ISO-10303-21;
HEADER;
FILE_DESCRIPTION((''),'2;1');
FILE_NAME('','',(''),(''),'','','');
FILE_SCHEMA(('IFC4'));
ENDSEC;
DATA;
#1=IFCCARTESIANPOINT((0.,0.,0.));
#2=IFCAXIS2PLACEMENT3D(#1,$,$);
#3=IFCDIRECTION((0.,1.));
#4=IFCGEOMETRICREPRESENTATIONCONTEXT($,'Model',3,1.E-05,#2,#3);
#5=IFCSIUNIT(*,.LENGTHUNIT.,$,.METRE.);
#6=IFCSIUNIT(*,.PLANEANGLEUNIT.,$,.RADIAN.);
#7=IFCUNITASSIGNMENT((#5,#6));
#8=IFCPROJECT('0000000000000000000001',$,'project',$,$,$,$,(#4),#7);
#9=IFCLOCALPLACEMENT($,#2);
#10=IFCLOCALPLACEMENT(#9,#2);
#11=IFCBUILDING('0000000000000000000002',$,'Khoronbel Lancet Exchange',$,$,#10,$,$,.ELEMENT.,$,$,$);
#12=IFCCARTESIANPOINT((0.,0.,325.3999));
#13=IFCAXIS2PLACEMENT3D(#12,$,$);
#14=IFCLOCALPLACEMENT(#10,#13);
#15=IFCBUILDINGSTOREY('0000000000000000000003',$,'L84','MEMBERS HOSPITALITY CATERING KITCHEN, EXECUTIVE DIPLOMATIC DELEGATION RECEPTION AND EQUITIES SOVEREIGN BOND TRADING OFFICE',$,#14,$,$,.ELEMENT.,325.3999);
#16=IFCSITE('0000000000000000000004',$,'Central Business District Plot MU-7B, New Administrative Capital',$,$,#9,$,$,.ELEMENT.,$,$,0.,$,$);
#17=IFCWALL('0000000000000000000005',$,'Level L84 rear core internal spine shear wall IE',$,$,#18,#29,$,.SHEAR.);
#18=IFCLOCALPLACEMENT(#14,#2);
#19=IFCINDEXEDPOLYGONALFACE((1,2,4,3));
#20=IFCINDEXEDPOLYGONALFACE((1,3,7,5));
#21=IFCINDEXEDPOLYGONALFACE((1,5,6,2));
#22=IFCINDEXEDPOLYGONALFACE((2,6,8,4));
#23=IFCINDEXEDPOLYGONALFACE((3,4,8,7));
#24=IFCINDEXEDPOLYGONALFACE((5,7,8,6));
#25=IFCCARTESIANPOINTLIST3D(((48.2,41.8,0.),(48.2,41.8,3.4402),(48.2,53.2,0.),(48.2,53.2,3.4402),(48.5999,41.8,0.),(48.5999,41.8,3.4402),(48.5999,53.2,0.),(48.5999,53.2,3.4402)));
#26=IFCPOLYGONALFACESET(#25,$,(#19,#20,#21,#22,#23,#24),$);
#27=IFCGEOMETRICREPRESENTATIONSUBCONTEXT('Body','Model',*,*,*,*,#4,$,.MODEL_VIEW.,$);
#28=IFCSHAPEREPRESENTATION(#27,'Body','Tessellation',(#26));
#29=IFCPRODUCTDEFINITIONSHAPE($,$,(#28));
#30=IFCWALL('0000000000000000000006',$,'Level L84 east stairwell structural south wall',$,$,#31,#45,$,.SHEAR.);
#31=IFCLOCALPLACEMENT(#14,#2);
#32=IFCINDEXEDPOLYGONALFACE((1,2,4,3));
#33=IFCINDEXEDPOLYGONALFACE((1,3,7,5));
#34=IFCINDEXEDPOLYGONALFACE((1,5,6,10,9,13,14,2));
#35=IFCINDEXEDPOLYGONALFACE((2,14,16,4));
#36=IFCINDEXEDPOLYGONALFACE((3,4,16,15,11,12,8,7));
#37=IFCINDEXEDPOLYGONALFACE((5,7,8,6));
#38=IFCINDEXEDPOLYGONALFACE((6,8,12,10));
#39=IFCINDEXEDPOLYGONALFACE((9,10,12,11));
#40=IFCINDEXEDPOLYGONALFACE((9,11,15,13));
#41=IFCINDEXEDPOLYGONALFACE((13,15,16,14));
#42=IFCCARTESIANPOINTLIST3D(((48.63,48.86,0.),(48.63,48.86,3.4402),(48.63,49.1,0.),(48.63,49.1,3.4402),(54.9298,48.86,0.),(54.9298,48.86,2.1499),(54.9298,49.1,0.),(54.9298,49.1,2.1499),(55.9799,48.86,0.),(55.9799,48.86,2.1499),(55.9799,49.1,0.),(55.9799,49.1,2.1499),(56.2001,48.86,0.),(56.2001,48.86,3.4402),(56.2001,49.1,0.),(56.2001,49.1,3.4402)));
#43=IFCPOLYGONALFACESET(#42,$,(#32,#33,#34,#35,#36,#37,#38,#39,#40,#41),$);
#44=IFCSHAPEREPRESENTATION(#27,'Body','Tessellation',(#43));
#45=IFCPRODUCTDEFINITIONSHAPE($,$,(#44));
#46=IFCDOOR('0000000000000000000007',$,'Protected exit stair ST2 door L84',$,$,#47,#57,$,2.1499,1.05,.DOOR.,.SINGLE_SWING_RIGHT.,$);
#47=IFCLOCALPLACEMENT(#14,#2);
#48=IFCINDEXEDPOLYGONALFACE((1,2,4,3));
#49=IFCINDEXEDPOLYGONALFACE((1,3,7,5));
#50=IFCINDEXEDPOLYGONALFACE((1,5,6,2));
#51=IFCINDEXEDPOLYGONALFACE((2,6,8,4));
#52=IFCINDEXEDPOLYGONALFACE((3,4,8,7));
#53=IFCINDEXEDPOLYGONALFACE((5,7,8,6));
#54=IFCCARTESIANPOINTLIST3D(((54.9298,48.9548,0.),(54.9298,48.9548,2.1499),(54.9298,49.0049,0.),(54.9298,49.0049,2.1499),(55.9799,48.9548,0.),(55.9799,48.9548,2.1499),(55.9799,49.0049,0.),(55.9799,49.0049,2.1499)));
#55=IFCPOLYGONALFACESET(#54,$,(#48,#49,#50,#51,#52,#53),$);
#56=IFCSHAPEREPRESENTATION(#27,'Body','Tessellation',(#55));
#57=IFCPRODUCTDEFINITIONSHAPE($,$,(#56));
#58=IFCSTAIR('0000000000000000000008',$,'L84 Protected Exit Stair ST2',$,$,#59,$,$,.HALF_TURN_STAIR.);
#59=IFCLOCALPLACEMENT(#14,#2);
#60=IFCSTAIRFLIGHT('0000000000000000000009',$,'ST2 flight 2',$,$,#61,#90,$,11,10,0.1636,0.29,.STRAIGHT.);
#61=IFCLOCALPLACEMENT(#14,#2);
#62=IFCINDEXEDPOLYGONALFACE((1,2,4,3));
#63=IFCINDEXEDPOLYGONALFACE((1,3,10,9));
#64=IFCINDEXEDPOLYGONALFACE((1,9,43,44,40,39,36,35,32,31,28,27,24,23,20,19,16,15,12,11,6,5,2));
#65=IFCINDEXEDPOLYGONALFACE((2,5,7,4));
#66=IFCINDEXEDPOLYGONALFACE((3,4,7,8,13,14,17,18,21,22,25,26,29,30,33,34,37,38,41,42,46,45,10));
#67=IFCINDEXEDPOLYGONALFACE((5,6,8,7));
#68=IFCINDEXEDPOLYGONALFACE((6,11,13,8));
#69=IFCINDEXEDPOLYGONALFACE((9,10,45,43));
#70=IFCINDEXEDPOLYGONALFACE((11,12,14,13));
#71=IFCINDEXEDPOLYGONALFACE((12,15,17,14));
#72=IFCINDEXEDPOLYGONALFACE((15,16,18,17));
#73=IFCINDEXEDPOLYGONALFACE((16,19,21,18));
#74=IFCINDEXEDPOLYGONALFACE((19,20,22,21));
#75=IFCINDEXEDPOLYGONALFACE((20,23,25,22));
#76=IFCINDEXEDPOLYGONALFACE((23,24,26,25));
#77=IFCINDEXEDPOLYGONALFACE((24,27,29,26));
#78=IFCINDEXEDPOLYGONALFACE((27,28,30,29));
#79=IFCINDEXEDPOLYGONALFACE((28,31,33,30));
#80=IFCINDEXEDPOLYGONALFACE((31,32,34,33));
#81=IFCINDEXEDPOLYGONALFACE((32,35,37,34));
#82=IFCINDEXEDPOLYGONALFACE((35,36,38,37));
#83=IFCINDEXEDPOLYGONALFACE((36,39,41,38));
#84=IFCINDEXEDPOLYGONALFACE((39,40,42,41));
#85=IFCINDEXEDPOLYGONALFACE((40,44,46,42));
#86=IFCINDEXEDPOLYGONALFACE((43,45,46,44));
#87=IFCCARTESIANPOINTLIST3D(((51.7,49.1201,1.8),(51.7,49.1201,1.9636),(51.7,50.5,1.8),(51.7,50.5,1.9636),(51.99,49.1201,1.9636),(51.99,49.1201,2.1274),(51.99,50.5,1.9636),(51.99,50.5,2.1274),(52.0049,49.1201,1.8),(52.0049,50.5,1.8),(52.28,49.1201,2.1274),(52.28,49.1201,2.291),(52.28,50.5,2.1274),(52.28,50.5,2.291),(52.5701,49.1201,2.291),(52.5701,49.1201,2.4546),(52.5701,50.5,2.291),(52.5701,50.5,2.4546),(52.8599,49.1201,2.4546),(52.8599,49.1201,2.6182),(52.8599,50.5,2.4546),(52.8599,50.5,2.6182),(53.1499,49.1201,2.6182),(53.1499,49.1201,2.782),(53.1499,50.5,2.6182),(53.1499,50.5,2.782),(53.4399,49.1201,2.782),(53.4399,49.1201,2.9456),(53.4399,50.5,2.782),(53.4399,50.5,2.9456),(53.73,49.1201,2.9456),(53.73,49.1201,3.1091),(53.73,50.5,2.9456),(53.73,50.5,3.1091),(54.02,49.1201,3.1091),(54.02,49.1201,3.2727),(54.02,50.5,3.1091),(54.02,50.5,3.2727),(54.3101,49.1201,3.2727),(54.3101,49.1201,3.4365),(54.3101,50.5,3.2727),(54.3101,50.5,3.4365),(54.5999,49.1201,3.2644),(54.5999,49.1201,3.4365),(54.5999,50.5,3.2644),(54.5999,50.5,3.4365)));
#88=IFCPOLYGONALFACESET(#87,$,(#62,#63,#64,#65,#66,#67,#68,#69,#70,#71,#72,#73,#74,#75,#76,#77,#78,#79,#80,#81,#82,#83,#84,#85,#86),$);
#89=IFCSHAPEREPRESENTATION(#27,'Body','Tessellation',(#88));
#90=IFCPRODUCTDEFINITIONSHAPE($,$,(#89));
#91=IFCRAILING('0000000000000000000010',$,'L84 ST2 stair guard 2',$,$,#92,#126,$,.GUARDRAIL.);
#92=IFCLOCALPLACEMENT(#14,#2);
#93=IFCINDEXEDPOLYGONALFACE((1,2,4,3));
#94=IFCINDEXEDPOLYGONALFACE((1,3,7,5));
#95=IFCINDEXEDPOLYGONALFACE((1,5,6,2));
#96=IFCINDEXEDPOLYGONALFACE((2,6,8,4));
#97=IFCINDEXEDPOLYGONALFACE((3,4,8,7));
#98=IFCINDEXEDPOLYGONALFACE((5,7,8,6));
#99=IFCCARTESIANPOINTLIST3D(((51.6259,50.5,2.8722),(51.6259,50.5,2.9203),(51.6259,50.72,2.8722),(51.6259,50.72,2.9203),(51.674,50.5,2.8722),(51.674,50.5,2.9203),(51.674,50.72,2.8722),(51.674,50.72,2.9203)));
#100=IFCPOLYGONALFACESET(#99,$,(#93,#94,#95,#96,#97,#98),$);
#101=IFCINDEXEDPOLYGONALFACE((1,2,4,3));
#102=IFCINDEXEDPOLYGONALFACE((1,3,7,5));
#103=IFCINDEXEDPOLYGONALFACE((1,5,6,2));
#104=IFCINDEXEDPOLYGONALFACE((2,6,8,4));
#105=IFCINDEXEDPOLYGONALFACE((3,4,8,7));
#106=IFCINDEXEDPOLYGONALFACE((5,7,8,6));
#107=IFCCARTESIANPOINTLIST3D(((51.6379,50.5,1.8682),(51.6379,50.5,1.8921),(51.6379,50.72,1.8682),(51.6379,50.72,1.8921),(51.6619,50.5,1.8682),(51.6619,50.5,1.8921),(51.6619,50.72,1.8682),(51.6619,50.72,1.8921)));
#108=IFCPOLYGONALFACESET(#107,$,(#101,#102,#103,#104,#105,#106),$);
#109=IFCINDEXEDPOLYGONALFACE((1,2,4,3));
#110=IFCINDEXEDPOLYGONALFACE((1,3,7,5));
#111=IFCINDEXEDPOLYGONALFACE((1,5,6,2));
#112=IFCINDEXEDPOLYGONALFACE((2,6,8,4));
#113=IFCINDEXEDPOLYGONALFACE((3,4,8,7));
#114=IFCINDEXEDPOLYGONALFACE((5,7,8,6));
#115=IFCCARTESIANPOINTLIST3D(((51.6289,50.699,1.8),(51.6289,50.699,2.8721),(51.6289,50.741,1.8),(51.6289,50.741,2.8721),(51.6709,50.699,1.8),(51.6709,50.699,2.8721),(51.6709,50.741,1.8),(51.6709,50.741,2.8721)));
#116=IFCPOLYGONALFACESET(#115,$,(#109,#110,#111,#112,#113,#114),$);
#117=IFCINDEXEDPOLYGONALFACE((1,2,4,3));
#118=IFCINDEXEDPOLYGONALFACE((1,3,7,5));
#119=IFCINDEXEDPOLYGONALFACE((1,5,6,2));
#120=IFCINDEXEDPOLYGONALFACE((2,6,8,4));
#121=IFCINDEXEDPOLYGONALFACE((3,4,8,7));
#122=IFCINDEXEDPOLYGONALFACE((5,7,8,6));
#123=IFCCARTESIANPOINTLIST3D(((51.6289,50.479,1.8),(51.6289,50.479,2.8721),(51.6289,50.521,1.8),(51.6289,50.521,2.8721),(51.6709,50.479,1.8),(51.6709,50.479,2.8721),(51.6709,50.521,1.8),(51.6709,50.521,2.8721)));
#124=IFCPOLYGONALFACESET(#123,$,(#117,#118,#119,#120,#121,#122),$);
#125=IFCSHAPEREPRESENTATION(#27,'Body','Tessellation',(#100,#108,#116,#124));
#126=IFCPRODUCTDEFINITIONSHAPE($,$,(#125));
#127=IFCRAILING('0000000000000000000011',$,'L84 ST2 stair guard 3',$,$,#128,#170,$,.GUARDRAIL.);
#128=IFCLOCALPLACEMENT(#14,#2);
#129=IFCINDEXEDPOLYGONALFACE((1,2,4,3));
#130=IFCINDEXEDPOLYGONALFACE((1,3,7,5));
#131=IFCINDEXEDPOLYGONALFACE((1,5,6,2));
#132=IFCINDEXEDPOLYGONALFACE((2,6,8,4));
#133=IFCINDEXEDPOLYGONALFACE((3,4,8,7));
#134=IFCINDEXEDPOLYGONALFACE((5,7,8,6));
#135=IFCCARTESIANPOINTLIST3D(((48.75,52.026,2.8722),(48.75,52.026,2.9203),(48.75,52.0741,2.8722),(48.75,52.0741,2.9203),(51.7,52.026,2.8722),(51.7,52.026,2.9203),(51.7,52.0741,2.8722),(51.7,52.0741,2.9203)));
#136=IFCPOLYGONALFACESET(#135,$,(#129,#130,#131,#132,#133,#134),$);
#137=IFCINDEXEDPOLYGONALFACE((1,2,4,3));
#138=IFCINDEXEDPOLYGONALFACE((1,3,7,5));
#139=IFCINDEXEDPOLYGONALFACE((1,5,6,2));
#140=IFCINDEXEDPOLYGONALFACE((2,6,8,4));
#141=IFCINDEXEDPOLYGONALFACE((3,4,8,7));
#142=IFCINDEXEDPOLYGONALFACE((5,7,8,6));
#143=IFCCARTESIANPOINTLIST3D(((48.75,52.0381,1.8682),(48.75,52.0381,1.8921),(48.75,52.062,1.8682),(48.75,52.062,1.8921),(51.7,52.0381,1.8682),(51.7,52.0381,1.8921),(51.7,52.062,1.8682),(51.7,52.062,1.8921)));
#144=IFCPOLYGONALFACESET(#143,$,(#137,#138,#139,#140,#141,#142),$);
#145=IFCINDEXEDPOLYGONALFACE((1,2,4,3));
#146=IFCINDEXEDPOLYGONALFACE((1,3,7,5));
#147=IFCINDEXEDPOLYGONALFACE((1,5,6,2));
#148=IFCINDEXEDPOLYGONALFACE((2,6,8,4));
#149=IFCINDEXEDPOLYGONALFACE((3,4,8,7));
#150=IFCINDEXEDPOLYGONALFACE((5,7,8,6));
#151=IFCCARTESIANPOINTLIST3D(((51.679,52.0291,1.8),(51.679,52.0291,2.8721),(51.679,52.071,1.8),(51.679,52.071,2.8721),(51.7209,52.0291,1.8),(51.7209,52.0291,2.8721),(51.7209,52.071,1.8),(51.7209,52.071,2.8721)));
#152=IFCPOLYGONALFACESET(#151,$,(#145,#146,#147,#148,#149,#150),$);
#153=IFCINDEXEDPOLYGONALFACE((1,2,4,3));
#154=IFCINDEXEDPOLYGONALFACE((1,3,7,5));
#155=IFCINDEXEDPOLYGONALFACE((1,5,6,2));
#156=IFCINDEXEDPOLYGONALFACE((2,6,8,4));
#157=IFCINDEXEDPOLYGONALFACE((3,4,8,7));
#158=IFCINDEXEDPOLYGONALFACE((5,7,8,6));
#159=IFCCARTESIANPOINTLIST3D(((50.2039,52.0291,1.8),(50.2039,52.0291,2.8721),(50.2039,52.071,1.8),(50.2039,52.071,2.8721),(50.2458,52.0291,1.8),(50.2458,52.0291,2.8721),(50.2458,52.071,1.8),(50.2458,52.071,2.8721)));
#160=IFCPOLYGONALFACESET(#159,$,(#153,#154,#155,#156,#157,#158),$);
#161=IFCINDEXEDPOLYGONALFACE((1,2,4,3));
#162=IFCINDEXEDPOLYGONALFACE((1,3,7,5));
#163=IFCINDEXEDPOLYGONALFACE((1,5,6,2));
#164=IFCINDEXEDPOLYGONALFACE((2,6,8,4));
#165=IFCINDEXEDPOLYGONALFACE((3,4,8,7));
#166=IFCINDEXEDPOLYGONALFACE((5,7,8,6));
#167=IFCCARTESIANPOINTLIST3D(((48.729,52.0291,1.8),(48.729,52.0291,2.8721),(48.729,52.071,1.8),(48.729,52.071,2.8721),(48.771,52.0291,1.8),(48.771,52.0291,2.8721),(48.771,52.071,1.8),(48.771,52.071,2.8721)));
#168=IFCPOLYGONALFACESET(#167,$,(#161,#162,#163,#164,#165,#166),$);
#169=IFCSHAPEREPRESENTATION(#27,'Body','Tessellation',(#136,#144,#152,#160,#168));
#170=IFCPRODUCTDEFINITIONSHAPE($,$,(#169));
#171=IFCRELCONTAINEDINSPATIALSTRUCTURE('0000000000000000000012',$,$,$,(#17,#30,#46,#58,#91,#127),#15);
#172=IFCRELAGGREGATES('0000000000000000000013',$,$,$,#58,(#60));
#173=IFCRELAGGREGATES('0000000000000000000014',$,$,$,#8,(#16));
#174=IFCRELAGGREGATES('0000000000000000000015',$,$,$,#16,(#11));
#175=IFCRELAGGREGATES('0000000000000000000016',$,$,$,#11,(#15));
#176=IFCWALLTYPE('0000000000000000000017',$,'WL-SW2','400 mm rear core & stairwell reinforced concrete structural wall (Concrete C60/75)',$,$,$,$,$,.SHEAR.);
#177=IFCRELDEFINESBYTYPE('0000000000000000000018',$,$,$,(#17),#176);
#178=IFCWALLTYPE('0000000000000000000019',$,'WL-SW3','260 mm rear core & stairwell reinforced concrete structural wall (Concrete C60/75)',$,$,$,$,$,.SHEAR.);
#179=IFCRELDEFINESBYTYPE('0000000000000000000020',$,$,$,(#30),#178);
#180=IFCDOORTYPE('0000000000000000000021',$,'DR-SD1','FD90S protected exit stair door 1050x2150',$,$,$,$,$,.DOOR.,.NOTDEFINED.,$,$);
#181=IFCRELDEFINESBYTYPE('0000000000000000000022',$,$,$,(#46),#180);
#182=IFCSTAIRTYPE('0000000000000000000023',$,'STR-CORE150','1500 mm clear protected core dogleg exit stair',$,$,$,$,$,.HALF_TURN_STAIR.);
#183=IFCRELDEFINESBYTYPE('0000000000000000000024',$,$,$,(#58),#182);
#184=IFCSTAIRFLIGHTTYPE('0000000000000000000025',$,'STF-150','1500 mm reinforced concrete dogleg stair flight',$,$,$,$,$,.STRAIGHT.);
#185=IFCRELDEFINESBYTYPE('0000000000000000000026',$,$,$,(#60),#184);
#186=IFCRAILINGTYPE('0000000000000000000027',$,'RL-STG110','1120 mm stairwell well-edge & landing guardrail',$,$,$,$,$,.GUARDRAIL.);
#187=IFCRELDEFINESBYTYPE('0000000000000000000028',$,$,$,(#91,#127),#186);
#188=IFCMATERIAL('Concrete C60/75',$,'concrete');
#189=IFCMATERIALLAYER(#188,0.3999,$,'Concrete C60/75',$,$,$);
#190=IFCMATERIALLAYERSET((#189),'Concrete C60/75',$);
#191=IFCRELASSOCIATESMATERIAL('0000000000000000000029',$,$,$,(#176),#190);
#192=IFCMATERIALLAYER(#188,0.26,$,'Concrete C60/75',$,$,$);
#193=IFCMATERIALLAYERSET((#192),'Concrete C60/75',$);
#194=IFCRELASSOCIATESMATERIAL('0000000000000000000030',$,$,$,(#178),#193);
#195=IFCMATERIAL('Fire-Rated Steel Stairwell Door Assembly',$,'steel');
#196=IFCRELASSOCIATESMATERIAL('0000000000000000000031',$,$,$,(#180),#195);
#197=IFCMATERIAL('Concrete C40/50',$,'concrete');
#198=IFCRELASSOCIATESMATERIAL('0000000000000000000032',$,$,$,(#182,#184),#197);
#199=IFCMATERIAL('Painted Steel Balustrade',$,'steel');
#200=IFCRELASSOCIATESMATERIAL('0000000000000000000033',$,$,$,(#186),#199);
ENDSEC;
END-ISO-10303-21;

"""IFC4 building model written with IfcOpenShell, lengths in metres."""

from ifc_helpers import new_model, si_unit, direction, frame, frame_2d, origin, origin_2d, place, context, subcontext, project, spatial, polyline, rectangle, outline, extrude, material, layer, layer_set, type_object, element, fill, aggregate, save


model = new_model("IFC4")

# Units and contexts
model_context = context("Model", 3, precision=1e-05, world=origin(), true_north=direction((0.0, 1.0)))
body_context = subcontext(model_context, "Body", "Model", "MODEL_VIEW")
ifc_project = project(units=[si_unit("LENGTHUNIT", "METRE"), si_unit("PLANEANGLEUNIT", "RADIAN")], contexts=[model_context])

# Site, building, storey
site_placement = place(None, origin())
site = spatial("IfcSite", under=ifc_project, at=site_placement, Name="Central Business District Plot MU-7B, New Administrative Capital", CompositionType="ELEMENT", RefElevation=0.0)
building_placement = place(site_placement, origin())
building = spatial("IfcBuilding", under=site, at=building_placement, Name="Khoronbel Lancet Exchange", CompositionType="ELEMENT")
storey_placement = place(building_placement, frame((0.0, 0.0, 325.3999)))
storey = spatial("IfcBuildingStorey", under=building, at=storey_placement, Name="L84", Description="MEMBERS HOSPITALITY CATERING KITCHEN, EXECUTIVE DIPLOMATIC DELEGATION RECEPTION AND EQUITIES SOVEREIGN BOND TRADING OFFICE", CompositionType="ELEMENT", Elevation=325.3999)

# Wall
ifc_material_1 = material(Name="Concrete C60/75", Category="concrete")
ifc_layer_1 = layer(ifc_material_1, 0.3999, Name="Concrete C60/75")
ifc_layer_set_1 = layer_set([ifc_layer_1], Name="Concrete C60/75")
wall_type_1 = type_object("IfcWallType", Name="WL-SW2", Description="400 mm rear core & stairwell reinforced concrete structural wall (Concrete C60/75)", PredefinedType="SHEAR", material=ifc_layer_set_1)
wall_1_placement = place(storey_placement, frame((48.3999, 41.8, 0.0), z_axis=(0.0, 0.0, 1.0), x_axis=(0.0, 1.0, 0.0)))
element("IfcWall", 1, at=wall_1_placement, inside=storey, type_object=wall_type_1, Name="Level L84 rear core internal spine shear wall IE", PredefinedType="SHEAR", context=body_context, shape_type="SweptSolid", body=[
    extrude(rectangle(XDim=11.3999, YDim=0.3999, at=frame_2d((5.7, 0.0))), origin(), (0.0, 0.0, 1.0), 3.4402),
])

# Wall, opening, door
ifc_layer_2 = layer(ifc_material_1, 0.26, Name="Concrete C60/75")
ifc_layer_set_2 = layer_set([ifc_layer_2], Name="Concrete C60/75")
wall_type_2 = type_object("IfcWallType", Name="WL-SW3", Description="260 mm rear core & stairwell reinforced concrete structural wall (Concrete C60/75)", PredefinedType="SHEAR", material=ifc_layer_set_2)
wall_2_placement = place(storey_placement, frame((48.6299, 48.98, 0.0), z_axis=(0.0, 0.0, 1.0), x_axis=(1.0, 0.0, 0.0)))
wall_2 = element("IfcWall", 2, at=wall_2_placement, inside=storey, type_object=wall_type_2, Name="Level L84 east stairwell structural south wall", PredefinedType="SHEAR", context=body_context, shape_type="SweptSolid", body=[
    extrude(rectangle(XDim=7.5701, YDim=0.24, at=frame_2d((3.7852, 0.0))), origin(), (0.0, 0.0, 1.0), 3.4402),
])
opening_1_placement = place(wall_2_placement, frame((6.3, 0.0, 0.0)))
opening_1 = element("IfcOpeningElement", 3, at=opening_1_placement, cuts=wall_2, PredefinedType="OPENING", context=body_context, shape_type="SweptSolid", body=[
    extrude(rectangle(XDim=1.05, YDim=2.1499, at=frame_2d((0.5249, 1.075))), frame((0.0, 0.1299, 0.0), z_axis=(0.0, -1.0, 0.0), x_axis=(1.0, 0.0, 0.0)), (0.0, 0.0, 1.0), 0.26),
])
ifc_material_2 = material(Name="Fire-Rated Steel Stairwell Door Assembly", Category="steel")
door_type_1 = type_object("IfcDoorType", Name="DR-SD1", Description="FD90S protected exit stair door 1050x2150", OperationType="NOTDEFINED", PredefinedType="DOOR", material=ifc_material_2)
door_1_placement = place(opening_1_placement, origin())
door_1 = element("IfcDoor", 4, at=door_1_placement, inside=storey, type_object=door_type_1, Name="Protected exit stair ST2 door L84", OperationType="SINGLE_SWING_RIGHT", OverallHeight=2.1499, OverallWidth=1.05, PredefinedType="DOOR", context=body_context, shape_type="SweptSolid", body=[
    extrude(rectangle(XDim=1.05, YDim=2.1499, at=frame_2d((0.5249, 1.075))), frame((0.0, 0.0249, 0.0), z_axis=(0.0, -1.0, 0.0), x_axis=(1.0, 0.0, 0.0)), (0.0, 0.0, 1.0), 0.05),
])
fill(opening_1, door_1)

# Stair, stair flight
ifc_material_3 = material(Name="Concrete C40/50", Category="concrete")
stair_type = type_object("IfcStairType", Name="STR-CORE150", Description="1500 mm clear protected core dogleg exit stair", PredefinedType="HALF_TURN_STAIR", material=ifc_material_3)
stair_placement = place(storey_placement, origin())
stair = element("IfcStair", 5, at=stair_placement, inside=storey, type_object=stair_type, Name="L84 Protected Exit Stair ST2", PredefinedType="HALF_TURN_STAIR")
stair_flight_type = type_object("IfcStairFlightType", Name="STF-150", Description="1500 mm reinforced concrete dogleg stair flight", PredefinedType="STRAIGHT", material=ifc_material_3)
stair_flight_placement = place(storey_placement, frame((51.7, 49.8101, 1.8), z_axis=(0.0, 0.0, 1.0), x_axis=(1.0, 0.0, 0.0)))
stair_flight = element("IfcStairFlight", 6, at=stair_flight_placement, type_object=stair_flight_type, Name="ST2 flight 2", NumberOfRisers=11, NumberOfTreads=10, PredefinedType="STRAIGHT", RiserHeight=0.1636, TreadLength=0.29, context=body_context, shape_type="SweptSolid", body=[
    extrude(outline(polyline([(0.0, 0.0), (0.0, 0.1636), (0.29, 0.1636), (0.29, 0.3274), (0.5801, 0.3274), (0.5801, 0.491), (0.8701, 0.491), (0.8701, 0.6545), (1.1599, 0.6545), (1.1599, 0.8181), (1.45, 0.8181), (1.45, 0.9819), (1.74, 0.9819), (1.74, 1.1455), (2.03, 1.1455), (2.03, 1.3091), (2.3201, 1.3091), (2.3201, 1.4727), (2.6101, 1.4727), (2.6101, 1.6365), (2.8999, 1.6365), (2.8999, 1.8), (2.8999, 1.4644), (0.3049, 0.0), (0.0, 0.0)])), frame((0.0, 0.6899, 0.0), z_axis=(0.0, -1.0, 0.0), x_axis=(1.0, 0.0, 0.0)), (0.0, 0.0, 1.0), 1.3799),
])
aggregate(stair, [stair_flight])

# Railings
ifc_material_4 = material(Name="Painted Steel Balustrade", Category="steel")
railing_type_1 = type_object("IfcRailingType", Name="RL-STG110", Description="1120 mm stairwell well-edge & landing guardrail", PredefinedType="GUARDRAIL", material=ifc_material_4)
railing_1_placement = place(storey_placement, frame((51.6499, 50.72, 1.8)))
element("IfcRailing", 7, at=railing_1_placement, inside=storey, type_object=railing_type_1, Name="L84 ST2 stair guard 2", PredefinedType="GUARDRAIL", context=body_context, shape_type="SweptSolid", body=[
    extrude(rectangle(XDim=0.0481, YDim=0.0481, at=origin_2d()), frame((0.0, 0.0, 1.0962), z_axis=(0.0, -1.0, 0.0), x_axis=(1.0, 0.0, 0.0)), (0.0, 0.0, 1.0), 0.22),
    extrude(rectangle(XDim=0.0239, YDim=0.0239, at=origin_2d()), frame((0.0, 0.0, 0.0801), z_axis=(0.0, -1.0, 0.0), x_axis=(1.0, 0.0, 0.0)), (0.0, 0.0, 1.0), 0.22),
    extrude(rectangle(XDim=0.042, YDim=0.042, at=origin_2d()), origin(), (0.0, 0.0, 1.0), 1.072),
    extrude(rectangle(XDim=0.042, YDim=0.042, at=origin_2d()), frame((0.0, -0.22, 0.0)), (0.0, 0.0, 1.0), 1.072),
])
railing_2_placement = place(storey_placement, frame((51.7, 52.05, 1.8)))
element("IfcRailing", 8, at=railing_2_placement, inside=storey, type_object=railing_type_1, Name="L84 ST2 stair guard 3", PredefinedType="GUARDRAIL", context=body_context, shape_type="SweptSolid", body=[
    extrude(rectangle(XDim=0.0481, YDim=0.0481, at=origin_2d()), frame((0.0, 0.0, 1.0962), z_axis=(-1.0, 0.0, 0.0), x_axis=(0.0, -1.0, 0.0)), (0.0, 0.0, 1.0), 2.95),
    extrude(rectangle(XDim=0.0239, YDim=0.0239, at=origin_2d()), frame((0.0, 0.0, 0.0801), z_axis=(-1.0, 0.0, 0.0), x_axis=(0.0, -1.0, 0.0)), (0.0, 0.0, 1.0), 2.95),
    extrude(rectangle(XDim=0.042, YDim=0.042, at=origin_2d()), origin(), (0.0, 0.0, 1.0), 1.072),
    extrude(rectangle(XDim=0.042, YDim=0.042, at=origin_2d()), frame((-1.4751, 0.0, 0.0)), (0.0, 0.0, 1.0), 1.072),
    extrude(rectangle(XDim=0.042, YDim=0.042, at=origin_2d()), frame((-2.95, 0.0, 0.0)), (0.0, 0.0, 1.0), 1.072),
])

save(model, "model.ifc")
